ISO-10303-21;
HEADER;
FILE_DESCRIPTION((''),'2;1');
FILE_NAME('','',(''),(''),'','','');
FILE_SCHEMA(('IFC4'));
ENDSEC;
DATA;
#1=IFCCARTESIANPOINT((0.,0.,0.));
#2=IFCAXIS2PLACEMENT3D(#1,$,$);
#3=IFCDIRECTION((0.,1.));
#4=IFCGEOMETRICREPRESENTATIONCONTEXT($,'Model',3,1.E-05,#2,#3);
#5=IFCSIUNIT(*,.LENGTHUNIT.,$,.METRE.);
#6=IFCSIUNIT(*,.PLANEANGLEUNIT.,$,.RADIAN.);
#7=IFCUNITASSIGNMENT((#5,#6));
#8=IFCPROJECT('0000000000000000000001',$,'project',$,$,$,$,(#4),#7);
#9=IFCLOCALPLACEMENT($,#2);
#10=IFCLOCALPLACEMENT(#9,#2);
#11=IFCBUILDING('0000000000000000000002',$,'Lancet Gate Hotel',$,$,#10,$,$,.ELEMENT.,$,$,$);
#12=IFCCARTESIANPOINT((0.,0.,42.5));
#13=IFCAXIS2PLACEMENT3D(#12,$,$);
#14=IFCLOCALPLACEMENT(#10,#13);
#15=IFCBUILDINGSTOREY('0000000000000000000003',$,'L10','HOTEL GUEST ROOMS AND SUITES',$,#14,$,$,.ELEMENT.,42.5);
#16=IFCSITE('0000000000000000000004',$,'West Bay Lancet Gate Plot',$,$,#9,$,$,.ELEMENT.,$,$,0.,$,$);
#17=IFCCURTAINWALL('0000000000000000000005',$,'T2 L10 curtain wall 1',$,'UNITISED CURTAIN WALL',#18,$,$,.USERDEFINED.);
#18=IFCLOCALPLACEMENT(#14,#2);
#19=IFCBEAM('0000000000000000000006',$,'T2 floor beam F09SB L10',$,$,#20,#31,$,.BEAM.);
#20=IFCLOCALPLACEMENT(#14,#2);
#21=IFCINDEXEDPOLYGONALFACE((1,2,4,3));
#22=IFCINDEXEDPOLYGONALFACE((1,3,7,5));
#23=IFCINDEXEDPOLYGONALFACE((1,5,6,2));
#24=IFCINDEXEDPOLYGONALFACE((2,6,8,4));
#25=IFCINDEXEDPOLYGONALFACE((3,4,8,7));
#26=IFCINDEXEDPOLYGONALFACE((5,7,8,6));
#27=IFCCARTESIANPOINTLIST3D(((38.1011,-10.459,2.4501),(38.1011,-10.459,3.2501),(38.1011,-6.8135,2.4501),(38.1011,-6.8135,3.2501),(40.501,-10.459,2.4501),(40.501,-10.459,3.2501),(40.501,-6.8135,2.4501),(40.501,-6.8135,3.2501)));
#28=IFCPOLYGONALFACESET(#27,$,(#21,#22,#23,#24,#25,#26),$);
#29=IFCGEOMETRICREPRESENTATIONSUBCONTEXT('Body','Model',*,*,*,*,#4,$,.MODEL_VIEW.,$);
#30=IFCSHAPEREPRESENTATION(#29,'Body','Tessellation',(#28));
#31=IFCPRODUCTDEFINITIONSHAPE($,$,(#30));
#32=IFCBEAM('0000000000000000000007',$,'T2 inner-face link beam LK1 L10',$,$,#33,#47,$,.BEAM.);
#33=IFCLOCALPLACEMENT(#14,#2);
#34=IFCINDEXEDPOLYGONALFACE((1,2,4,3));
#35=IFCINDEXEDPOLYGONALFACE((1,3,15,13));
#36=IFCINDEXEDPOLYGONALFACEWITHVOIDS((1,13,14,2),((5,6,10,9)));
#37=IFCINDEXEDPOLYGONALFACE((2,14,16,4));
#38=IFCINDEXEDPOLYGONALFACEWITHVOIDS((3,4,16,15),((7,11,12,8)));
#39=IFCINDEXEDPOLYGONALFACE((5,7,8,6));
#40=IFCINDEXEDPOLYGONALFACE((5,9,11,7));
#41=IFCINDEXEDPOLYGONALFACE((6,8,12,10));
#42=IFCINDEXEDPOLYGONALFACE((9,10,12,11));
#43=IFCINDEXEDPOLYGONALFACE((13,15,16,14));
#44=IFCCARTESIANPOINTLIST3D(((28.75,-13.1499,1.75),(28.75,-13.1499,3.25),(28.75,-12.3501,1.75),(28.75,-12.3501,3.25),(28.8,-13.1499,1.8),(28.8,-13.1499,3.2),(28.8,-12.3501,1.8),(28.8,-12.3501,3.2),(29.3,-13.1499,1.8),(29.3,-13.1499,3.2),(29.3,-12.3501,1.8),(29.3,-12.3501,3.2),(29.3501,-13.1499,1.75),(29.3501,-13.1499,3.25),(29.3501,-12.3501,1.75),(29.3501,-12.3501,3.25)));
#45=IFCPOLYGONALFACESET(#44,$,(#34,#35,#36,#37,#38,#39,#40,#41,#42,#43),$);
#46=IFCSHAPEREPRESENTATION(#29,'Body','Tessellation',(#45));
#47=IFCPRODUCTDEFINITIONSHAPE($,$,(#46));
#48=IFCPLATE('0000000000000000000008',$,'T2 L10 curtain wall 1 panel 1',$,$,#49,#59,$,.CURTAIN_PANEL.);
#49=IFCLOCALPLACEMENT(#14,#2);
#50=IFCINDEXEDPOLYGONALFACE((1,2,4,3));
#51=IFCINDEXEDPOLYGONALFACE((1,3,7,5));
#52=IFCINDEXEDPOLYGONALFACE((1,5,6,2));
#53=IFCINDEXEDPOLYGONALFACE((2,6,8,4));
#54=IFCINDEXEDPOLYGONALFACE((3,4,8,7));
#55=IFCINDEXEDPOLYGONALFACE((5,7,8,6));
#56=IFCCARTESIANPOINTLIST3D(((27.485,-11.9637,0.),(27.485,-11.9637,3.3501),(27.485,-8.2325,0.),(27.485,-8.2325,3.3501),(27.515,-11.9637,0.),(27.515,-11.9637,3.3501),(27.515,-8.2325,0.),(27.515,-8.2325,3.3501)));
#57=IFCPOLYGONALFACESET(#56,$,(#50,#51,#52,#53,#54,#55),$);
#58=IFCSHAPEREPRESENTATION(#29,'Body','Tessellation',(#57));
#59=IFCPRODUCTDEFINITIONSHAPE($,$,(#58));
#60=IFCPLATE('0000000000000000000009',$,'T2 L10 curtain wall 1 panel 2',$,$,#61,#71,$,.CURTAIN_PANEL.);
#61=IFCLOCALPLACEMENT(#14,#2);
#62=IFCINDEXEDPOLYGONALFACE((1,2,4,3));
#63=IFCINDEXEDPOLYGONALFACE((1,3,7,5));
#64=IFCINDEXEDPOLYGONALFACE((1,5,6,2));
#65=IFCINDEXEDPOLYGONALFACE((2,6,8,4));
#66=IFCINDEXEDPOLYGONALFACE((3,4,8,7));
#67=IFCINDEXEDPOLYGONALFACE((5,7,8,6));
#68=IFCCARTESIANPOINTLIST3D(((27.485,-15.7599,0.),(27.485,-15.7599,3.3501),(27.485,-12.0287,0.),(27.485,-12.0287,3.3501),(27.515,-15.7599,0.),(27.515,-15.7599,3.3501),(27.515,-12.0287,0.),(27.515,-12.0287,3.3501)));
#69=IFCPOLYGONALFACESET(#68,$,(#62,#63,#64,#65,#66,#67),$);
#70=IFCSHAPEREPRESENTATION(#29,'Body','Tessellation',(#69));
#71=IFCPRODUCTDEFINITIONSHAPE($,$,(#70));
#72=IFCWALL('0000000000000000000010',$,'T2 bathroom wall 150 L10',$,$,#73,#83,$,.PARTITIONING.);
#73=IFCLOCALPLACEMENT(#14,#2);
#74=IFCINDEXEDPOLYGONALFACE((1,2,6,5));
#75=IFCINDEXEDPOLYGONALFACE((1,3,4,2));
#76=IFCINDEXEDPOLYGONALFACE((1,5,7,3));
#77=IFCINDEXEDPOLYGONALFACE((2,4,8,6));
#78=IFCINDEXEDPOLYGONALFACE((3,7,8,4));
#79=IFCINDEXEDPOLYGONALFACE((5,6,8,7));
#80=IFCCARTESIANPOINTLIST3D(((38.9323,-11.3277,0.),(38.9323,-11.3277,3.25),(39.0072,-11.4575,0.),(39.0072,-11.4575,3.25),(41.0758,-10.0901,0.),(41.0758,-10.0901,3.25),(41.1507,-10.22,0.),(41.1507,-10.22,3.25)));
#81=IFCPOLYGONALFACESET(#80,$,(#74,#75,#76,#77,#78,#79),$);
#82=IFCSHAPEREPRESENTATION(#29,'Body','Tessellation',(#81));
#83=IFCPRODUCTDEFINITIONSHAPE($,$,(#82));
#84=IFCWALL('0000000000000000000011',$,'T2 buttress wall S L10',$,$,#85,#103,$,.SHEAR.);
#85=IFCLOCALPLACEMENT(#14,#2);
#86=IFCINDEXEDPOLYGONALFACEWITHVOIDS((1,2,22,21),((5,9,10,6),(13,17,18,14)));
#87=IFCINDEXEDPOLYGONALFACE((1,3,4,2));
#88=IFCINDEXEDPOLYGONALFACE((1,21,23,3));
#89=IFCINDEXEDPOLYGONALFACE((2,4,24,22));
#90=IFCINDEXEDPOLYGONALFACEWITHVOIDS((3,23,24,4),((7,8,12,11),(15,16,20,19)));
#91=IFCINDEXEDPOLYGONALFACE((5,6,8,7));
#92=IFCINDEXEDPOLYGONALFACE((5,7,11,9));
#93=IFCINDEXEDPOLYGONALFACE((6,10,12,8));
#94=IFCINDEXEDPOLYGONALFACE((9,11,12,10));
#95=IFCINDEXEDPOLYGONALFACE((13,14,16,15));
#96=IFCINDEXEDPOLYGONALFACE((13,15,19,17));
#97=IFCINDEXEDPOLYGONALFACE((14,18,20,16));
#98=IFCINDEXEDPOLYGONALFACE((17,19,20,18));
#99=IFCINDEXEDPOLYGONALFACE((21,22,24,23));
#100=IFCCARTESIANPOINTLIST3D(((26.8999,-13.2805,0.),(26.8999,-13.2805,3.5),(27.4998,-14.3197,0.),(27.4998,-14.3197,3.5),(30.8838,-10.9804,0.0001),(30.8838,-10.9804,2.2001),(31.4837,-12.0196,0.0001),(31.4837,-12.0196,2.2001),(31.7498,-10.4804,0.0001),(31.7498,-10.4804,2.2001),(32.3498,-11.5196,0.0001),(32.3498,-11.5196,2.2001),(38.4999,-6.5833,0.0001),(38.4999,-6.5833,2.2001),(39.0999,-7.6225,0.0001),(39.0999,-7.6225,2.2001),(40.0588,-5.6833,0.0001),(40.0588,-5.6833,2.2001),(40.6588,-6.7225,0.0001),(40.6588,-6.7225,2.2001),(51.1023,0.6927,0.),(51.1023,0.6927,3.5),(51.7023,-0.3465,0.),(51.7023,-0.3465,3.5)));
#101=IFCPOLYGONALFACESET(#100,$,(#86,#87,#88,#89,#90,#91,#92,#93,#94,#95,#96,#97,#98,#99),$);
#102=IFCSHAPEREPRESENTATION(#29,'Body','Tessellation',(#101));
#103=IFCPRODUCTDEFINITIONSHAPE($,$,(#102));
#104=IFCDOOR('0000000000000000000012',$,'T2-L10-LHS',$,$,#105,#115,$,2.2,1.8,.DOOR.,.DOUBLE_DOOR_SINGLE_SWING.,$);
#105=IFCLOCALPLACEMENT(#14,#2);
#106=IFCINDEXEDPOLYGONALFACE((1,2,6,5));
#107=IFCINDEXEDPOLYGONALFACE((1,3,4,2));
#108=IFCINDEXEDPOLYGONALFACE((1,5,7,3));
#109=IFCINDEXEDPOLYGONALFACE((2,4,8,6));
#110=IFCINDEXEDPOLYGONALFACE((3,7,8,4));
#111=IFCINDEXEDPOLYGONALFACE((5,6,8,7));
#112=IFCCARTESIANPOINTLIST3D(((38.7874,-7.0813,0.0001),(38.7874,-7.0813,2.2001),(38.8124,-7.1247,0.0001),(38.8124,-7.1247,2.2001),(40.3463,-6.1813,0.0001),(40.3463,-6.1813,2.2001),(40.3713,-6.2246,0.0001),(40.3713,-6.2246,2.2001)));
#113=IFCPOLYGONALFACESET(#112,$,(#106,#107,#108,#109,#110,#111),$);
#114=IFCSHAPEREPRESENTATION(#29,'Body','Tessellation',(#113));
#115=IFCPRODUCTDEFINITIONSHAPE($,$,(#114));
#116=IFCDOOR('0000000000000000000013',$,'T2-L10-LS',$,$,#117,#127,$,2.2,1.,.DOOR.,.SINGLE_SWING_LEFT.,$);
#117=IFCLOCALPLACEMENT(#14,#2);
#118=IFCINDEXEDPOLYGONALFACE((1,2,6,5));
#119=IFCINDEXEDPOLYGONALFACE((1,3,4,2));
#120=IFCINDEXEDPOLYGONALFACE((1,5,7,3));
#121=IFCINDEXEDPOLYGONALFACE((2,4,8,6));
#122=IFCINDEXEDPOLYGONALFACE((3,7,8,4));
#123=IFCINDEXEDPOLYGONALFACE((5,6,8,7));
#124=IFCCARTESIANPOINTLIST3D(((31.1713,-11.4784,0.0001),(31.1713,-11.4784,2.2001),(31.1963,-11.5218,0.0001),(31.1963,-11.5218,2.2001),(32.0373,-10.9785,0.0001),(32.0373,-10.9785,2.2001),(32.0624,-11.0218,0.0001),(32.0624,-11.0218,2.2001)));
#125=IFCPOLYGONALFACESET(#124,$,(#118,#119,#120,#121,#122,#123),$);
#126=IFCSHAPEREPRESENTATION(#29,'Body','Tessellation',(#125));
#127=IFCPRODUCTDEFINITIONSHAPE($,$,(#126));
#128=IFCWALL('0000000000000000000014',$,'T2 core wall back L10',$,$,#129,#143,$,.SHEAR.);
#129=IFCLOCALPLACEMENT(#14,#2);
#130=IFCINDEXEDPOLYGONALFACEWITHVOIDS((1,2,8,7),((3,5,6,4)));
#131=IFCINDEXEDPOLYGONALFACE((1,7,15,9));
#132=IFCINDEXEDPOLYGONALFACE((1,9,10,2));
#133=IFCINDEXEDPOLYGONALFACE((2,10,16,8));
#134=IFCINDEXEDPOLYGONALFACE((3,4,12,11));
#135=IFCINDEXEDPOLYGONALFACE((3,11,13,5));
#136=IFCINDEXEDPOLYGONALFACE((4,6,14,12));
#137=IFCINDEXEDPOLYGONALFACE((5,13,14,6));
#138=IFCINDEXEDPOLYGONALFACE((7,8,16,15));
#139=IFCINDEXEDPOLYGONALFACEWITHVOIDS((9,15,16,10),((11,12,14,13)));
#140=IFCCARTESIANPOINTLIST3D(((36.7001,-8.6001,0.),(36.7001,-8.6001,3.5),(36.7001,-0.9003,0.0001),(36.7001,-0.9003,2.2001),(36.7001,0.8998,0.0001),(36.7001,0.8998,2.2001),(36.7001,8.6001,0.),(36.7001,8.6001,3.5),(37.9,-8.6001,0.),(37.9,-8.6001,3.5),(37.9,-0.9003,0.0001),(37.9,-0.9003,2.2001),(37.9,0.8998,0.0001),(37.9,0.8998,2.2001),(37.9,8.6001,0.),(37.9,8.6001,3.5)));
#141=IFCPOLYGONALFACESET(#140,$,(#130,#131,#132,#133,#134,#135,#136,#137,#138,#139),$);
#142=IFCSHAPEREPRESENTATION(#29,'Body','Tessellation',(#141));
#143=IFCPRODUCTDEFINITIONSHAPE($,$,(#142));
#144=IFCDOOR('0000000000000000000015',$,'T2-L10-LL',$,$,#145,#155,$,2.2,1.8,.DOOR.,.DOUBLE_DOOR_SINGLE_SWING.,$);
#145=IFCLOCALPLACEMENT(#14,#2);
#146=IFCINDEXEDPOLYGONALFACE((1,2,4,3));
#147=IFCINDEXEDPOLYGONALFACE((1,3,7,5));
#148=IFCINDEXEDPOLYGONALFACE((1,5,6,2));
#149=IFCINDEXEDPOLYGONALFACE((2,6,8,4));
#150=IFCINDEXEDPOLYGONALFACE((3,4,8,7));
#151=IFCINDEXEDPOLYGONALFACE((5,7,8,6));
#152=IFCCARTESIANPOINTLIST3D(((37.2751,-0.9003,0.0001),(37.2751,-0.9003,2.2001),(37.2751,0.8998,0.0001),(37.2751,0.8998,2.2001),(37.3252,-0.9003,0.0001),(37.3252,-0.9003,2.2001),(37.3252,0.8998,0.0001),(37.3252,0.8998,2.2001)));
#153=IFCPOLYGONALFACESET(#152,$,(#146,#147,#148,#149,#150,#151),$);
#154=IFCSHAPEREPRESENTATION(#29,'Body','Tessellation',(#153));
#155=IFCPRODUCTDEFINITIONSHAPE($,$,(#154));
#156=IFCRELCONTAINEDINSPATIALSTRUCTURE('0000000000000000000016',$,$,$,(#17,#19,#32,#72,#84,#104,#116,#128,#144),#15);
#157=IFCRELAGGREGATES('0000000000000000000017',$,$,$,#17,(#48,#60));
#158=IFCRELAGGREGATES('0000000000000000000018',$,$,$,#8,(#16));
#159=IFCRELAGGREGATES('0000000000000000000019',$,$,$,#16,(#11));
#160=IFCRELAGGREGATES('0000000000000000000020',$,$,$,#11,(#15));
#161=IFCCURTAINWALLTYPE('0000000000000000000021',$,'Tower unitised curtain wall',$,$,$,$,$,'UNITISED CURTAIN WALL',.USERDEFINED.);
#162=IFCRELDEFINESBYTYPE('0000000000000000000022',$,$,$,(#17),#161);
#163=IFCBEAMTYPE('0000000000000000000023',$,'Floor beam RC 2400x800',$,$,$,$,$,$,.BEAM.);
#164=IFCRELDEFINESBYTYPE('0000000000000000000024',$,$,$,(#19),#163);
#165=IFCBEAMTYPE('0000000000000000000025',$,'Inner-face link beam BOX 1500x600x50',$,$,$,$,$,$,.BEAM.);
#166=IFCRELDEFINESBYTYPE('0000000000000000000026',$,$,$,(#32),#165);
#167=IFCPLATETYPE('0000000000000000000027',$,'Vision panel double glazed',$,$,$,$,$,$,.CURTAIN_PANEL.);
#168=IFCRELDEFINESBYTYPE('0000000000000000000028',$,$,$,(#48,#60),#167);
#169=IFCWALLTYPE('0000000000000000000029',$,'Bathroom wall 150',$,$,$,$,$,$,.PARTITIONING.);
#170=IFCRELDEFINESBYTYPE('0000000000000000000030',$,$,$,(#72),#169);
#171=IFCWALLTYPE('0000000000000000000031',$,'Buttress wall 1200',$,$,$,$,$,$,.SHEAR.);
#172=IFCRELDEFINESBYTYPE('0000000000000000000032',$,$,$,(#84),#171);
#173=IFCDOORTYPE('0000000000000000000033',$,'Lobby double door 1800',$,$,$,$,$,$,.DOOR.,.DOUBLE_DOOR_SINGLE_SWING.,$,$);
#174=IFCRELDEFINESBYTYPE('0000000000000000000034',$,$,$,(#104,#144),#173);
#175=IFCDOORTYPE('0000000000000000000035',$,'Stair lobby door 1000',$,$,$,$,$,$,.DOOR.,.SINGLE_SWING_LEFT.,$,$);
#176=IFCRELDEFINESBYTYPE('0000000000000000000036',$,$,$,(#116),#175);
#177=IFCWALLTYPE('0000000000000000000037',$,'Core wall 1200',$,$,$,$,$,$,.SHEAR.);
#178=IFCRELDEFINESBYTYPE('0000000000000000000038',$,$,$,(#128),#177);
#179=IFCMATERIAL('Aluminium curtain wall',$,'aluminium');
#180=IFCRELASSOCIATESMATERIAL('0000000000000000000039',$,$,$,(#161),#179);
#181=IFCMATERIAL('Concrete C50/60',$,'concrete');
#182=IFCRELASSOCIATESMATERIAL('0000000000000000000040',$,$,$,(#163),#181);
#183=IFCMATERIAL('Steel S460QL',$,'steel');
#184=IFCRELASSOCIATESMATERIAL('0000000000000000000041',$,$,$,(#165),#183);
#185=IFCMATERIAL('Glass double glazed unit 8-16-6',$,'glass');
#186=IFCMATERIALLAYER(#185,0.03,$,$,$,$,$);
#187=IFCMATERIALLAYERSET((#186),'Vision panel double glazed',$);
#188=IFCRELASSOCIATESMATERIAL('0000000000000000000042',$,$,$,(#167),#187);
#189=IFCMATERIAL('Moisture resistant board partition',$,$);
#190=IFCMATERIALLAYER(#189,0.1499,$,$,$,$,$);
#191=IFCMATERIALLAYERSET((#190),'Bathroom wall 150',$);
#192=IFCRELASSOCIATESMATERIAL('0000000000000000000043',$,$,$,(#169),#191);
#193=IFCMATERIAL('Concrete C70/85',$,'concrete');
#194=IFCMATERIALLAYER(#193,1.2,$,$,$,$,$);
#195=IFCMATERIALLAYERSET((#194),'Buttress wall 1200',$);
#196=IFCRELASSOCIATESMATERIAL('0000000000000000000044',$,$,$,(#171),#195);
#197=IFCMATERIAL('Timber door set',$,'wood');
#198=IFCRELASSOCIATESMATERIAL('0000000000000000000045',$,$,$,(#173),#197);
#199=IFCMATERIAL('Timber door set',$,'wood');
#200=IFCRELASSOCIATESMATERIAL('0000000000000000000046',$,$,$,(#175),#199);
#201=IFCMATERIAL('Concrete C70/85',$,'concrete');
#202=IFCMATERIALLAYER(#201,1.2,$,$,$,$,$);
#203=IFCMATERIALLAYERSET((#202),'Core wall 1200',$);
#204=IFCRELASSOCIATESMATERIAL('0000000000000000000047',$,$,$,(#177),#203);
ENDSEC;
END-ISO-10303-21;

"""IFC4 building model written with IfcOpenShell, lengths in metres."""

from ifc_helpers import new_model, si_unit, direction, frame, frame_2d, origin, origin_2d, place, context, subcontext, project, spatial, rectangle, hollow_rectangle, extrude, material, layer, layer_set, material_profile, profile_set, type_object, element, fill, aggregate, save


model = new_model("IFC4")

# Units and contexts
model_context = context("Model", 3, precision=1e-05, world=origin(), true_north=direction((0.0, 1.0)))
body_context = subcontext(model_context, "Body", "Model", "MODEL_VIEW")
ifc_project = project(units=[si_unit("LENGTHUNIT", "METRE"), si_unit("PLANEANGLEUNIT", "RADIAN")], contexts=[model_context])

# Site, building, storey
site_placement = place(None, origin())
site = spatial("IfcSite", under=ifc_project, at=site_placement, Name="West Bay Lancet Gate Plot", CompositionType="ELEMENT", RefElevation=0.0)
building_placement = place(site_placement, origin())
building = spatial("IfcBuilding", under=site, at=building_placement, Name="Lancet Gate Hotel", CompositionType="ELEMENT")
storey_placement = place(building_placement, frame((0.0, 0.0, 42.5)))
storey = spatial("IfcBuildingStorey", under=building, at=storey_placement, Name="L10", Description="HOTEL GUEST ROOMS AND SUITES", CompositionType="ELEMENT", Elevation=42.5)

# Curtain wall
ifc_material_1 = material(Name="Aluminium curtain wall", Category="aluminium")
curtain_wall_type = type_object("IfcCurtainWallType", Name="Tower unitised curtain wall", ElementType="UNITISED CURTAIN WALL", PredefinedType="USERDEFINED", material=ifc_material_1)
curtain_wall_placement = place(storey_placement, origin())
curtain_wall = element("IfcCurtainWall", 1, at=curtain_wall_placement, inside=storey, type_object=curtain_wall_type, Name="T2 L10 curtain wall 1", ObjectType="UNITISED CURTAIN WALL", PredefinedType="USERDEFINED")

# Beams
ifc_material_2 = material(Name="Concrete C50/60", Category="concrete")
ifc_material_profile_1 = material_profile(ifc_material_2, rectangle(XDim=2.3999, YDim=0.8, at=origin_2d()), Name="RC 2400x800")
ifc_profile_set_1 = profile_set([ifc_material_profile_1], Name="Concrete C50/60")
beam_type_1 = type_object("IfcBeamType", Name="Floor beam RC 2400x800", PredefinedType="BEAM", material=ifc_profile_set_1)
beam_1_placement = place(storey_placement, frame((39.301, -10.459, 2.8501), z_axis=(0.0, 1.0, 0.0), x_axis=(-1.0, 0.0, 0.0)))
element("IfcBeam", 2, at=beam_1_placement, inside=storey, type_object=beam_type_1, Name="T2 floor beam F09SB L10", PredefinedType="BEAM", context=body_context, shape_type="SweptSolid", body=[
    extrude(rectangle(XDim=2.3999, YDim=0.8, at=origin_2d()), origin(), (0.0, 0.0, 1.0), 3.6455),
])
ifc_material_3 = material(Name="Steel S460QL", Category="steel")
ifc_material_profile_2 = material_profile(ifc_material_3, hollow_rectangle(XDim=0.6001, YDim=1.5, WallThickness=0.05, at=origin_2d()), Name="BOX 1500x600x50")
ifc_profile_set_2 = profile_set([ifc_material_profile_2], Name="Steel S460QL")
beam_type_2 = type_object("IfcBeamType", Name="Inner-face link beam BOX 1500x600x50", PredefinedType="BEAM", material=ifc_profile_set_2)
beam_2_placement = place(storey_placement, frame((29.05, -13.1499, 2.5), z_axis=(0.0, 1.0, 0.0), x_axis=(-1.0, 0.0, 0.0)))
element("IfcBeam", 3, at=beam_2_placement, inside=storey, type_object=beam_type_2, Name="T2 inner-face link beam LK1 L10", PredefinedType="BEAM", context=body_context, shape_type="SweptSolid", body=[
    extrude(hollow_rectangle(XDim=0.6001, YDim=1.5, WallThickness=0.05, at=origin_2d()), origin(), (0.0, 0.0, 1.0), 0.7998),
])

# Plates
ifc_material_4 = material(Name="Glass double glazed unit 8-16-6", Category="glass")
ifc_layer_1 = layer(ifc_material_4, 0.03)
ifc_layer_set_1 = layer_set([ifc_layer_1], Name="Vision panel double glazed")
plate_type = type_object("IfcPlateType", Name="Vision panel double glazed", PredefinedType="CURTAIN_PANEL", material=ifc_layer_set_1)
plate_1_placement = place(storey_placement, frame((27.5, -10.0981, 0.0), z_axis=(0.0, 0.0, 1.0), x_axis=(0.0, -1.0, 0.0)))
plate_1 = element("IfcPlate", 4, at=plate_1_placement, type_object=plate_type, Name="T2 L10 curtain wall 1 panel 1", PredefinedType="CURTAIN_PANEL", context=body_context, shape_type="SweptSolid", body=[
    extrude(rectangle(XDim=3.7312, YDim=0.03, at=origin_2d()), origin(), (0.0, 0.0, 1.0), 3.3501),
])
plate_2_placement = place(storey_placement, frame((27.5, -13.8943, 0.0), z_axis=(0.0, 0.0, 1.0), x_axis=(0.0, -1.0, 0.0)))
plate_2 = element("IfcPlate", 5, at=plate_2_placement, type_object=plate_type, Name="T2 L10 curtain wall 1 panel 2", PredefinedType="CURTAIN_PANEL", context=body_context, shape_type="SweptSolid", body=[
    extrude(rectangle(XDim=3.7312, YDim=0.03, at=origin_2d()), origin(), (0.0, 0.0, 1.0), 3.3501),
])
aggregate(curtain_wall, [plate_1, plate_2])

# Wall
ifc_material_5 = material(Name="Moisture resistant board partition")
ifc_layer_2 = layer(ifc_material_5, 0.1499)
ifc_layer_set_2 = layer_set([ifc_layer_2], Name="Bathroom wall 150")
wall_type_1 = type_object("IfcWallType", Name="Bathroom wall 150", PredefinedType="PARTITIONING", material=ifc_layer_set_2)
wall_1_placement = place(storey_placement, frame((38.9697, -11.3926, 0.0), z_axis=(0.0, 0.0, 1.0), x_axis=(0.866031, 0.49999, 0.0)))
element("IfcWall", 6, at=wall_1_placement, inside=storey, type_object=wall_type_1, Name="T2 bathroom wall 150 L10", PredefinedType="PARTITIONING", context=body_context, shape_type="SweptSolid", body=[
    extrude(rectangle(XDim=2.4751, YDim=0.1499, at=frame_2d((1.2375, 0.0))), origin(), (0.0, 0.0, 1.0), 3.25),
])

# Wall, openings, doors
ifc_material_6 = material(Name="Concrete C70/85", Category="concrete")
ifc_layer_3 = layer(ifc_material_6, 1.2)
ifc_layer_set_3 = layer_set([ifc_layer_3], Name="Buttress wall 1200")
wall_type_2 = type_object("IfcWallType", Name="Buttress wall 1200", PredefinedType="SHEAR", material=ifc_layer_set_3)
wall_2_placement = place(storey_placement, frame((27.2, -13.8, 0.0), z_axis=(0.0, 0.0, 1.0), x_axis=(0.866027, 0.499997, 0.0)))
wall_2 = element("IfcWall", 7, at=wall_2_placement, inside=storey, type_object=wall_type_2, Name="T2 buttress wall S L10", PredefinedType="SHEAR", context=body_context, shape_type="SweptSolid", body=[
    extrude(rectangle(XDim=27.9465, YDim=1.2, at=frame_2d((13.9731, 0.0))), origin(), (0.0, 0.0, 1.0), 3.5),
])
opening_1_placement = place(wall_2_placement, frame((4.6001, 0.0, 0.0)))
opening_1 = element("IfcOpeningElement", 8, at=opening_1_placement, cuts=wall_2, PredefinedType="OPENING", context=body_context, shape_type="SweptSolid", body=[
    extrude(rectangle(XDim=1.0, YDim=2.2, at=frame_2d((0.5, 1.1001))), frame((0.0, 0.6099, 0.0), z_axis=(0.0, -1.0, 0.0), x_axis=(1.0, 0.0, 0.0)), (0.0, 0.0, 1.0), 1.22),
])
opening_2_placement = place(wall_2_placement, frame((13.3945, 0.0, 0.0)))
opening_2 = element("IfcOpeningElement", 9, at=opening_2_placement, cuts=wall_2, PredefinedType="OPENING", context=body_context, shape_type="SweptSolid", body=[
    extrude(rectangle(XDim=1.8, YDim=2.2, at=frame_2d((0.8999, 1.1001))), frame((0.0, 0.6099, 0.0), z_axis=(0.0, -1.0, 0.0), x_axis=(1.0, 0.0, 0.0)), (0.0, 0.0, 1.0), 1.22),
])
ifc_material_7 = material(Name="Timber door set", Category="wood")
door_type_1 = type_object("IfcDoorType", Name="Lobby double door 1800", OperationType="DOUBLE_DOOR_SINGLE_SWING", PredefinedType="DOOR", material=ifc_material_7)
door_1_placement = place(opening_2_placement, origin())
door_1 = element("IfcDoor", 10, at=door_1_placement, inside=storey, type_object=door_type_1, Name="T2-L10-LHS", OperationType="DOUBLE_DOOR_SINGLE_SWING", OverallHeight=2.2, OverallWidth=1.8, PredefinedType="DOOR", context=body_context, shape_type="SweptSolid", body=[
    extrude(rectangle(XDim=1.8, YDim=2.2, at=frame_2d((0.8999, 1.1001))), frame((0.0, 0.0249, 0.0), z_axis=(0.0, -1.0, 0.0), x_axis=(1.0, 0.0, 0.0)), (0.0, 0.0, 1.0), 0.05),
])
fill(opening_2, door_1)
ifc_material_8 = material(Name="Timber door set", Category="wood")
door_type_2 = type_object("IfcDoorType", Name="Stair lobby door 1000", OperationType="SINGLE_SWING_LEFT", PredefinedType="DOOR", material=ifc_material_8)
door_2_placement = place(opening_1_placement, origin())
door_2 = element("IfcDoor", 11, at=door_2_placement, inside=storey, type_object=door_type_2, Name="T2-L10-LS", OperationType="SINGLE_SWING_LEFT", OverallHeight=2.2, OverallWidth=1.0, PredefinedType="DOOR", context=body_context, shape_type="SweptSolid", body=[
    extrude(rectangle(XDim=1.0, YDim=2.2, at=frame_2d((0.5, 1.1001))), frame((0.0, 0.0249, 0.0), z_axis=(0.0, -1.0, 0.0), x_axis=(1.0, 0.0, 0.0)), (0.0, 0.0, 1.0), 0.05),
])
fill(opening_1, door_2)

# Wall, opening, door
ifc_material_9 = material(Name="Concrete C70/85", Category="concrete")
ifc_layer_4 = layer(ifc_material_9, 1.2)
ifc_layer_set_4 = layer_set([ifc_layer_4], Name="Core wall 1200")
wall_type_3 = type_object("IfcWallType", Name="Core wall 1200", PredefinedType="SHEAR", material=ifc_layer_set_4)
wall_3_placement = place(storey_placement, frame((37.3, -8.6001, 0.0), z_axis=(0.0, 0.0, 1.0), x_axis=(0.0, 1.0, 0.0)))
wall_3 = element("IfcWall", 12, at=wall_3_placement, inside=storey, type_object=wall_type_3, Name="T2 core wall back L10", PredefinedType="SHEAR", context=body_context, shape_type="SweptSolid", body=[
    extrude(rectangle(XDim=17.2002, YDim=1.2, at=frame_2d((8.6001, 0.0))), origin(), (0.0, 0.0, 1.0), 3.5),
])
opening_3_placement = place(wall_3_placement, frame((7.7, 0.0, 0.0)))
opening_3 = element("IfcOpeningElement", 13, at=opening_3_placement, cuts=wall_3, PredefinedType="OPENING", context=body_context, shape_type="SweptSolid", body=[
    extrude(rectangle(XDim=1.8, YDim=2.2, at=frame_2d((0.8999, 1.1001))), frame((0.0, 0.6099, 0.0), z_axis=(0.0, -1.0, 0.0), x_axis=(1.0, 0.0, 0.0)), (0.0, 0.0, 1.0), 1.22),
])
door_3_placement = place(opening_3_placement, origin())
door_3 = element("IfcDoor", 14, at=door_3_placement, inside=storey, type_object=door_type_1, Name="T2-L10-LL", OperationType="DOUBLE_DOOR_SINGLE_SWING", OverallHeight=2.2, OverallWidth=1.8, PredefinedType="DOOR", context=body_context, shape_type="SweptSolid", body=[
    extrude(rectangle(XDim=1.8, YDim=2.2, at=frame_2d((0.8999, 1.1001))), frame((0.0, 0.0249, 0.0), z_axis=(0.0, -1.0, 0.0), x_axis=(1.0, 0.0, 0.0)), (0.0, 0.0, 1.0), 0.05),
])
fill(opening_3, door_3)

save(model, "model.ifc")
